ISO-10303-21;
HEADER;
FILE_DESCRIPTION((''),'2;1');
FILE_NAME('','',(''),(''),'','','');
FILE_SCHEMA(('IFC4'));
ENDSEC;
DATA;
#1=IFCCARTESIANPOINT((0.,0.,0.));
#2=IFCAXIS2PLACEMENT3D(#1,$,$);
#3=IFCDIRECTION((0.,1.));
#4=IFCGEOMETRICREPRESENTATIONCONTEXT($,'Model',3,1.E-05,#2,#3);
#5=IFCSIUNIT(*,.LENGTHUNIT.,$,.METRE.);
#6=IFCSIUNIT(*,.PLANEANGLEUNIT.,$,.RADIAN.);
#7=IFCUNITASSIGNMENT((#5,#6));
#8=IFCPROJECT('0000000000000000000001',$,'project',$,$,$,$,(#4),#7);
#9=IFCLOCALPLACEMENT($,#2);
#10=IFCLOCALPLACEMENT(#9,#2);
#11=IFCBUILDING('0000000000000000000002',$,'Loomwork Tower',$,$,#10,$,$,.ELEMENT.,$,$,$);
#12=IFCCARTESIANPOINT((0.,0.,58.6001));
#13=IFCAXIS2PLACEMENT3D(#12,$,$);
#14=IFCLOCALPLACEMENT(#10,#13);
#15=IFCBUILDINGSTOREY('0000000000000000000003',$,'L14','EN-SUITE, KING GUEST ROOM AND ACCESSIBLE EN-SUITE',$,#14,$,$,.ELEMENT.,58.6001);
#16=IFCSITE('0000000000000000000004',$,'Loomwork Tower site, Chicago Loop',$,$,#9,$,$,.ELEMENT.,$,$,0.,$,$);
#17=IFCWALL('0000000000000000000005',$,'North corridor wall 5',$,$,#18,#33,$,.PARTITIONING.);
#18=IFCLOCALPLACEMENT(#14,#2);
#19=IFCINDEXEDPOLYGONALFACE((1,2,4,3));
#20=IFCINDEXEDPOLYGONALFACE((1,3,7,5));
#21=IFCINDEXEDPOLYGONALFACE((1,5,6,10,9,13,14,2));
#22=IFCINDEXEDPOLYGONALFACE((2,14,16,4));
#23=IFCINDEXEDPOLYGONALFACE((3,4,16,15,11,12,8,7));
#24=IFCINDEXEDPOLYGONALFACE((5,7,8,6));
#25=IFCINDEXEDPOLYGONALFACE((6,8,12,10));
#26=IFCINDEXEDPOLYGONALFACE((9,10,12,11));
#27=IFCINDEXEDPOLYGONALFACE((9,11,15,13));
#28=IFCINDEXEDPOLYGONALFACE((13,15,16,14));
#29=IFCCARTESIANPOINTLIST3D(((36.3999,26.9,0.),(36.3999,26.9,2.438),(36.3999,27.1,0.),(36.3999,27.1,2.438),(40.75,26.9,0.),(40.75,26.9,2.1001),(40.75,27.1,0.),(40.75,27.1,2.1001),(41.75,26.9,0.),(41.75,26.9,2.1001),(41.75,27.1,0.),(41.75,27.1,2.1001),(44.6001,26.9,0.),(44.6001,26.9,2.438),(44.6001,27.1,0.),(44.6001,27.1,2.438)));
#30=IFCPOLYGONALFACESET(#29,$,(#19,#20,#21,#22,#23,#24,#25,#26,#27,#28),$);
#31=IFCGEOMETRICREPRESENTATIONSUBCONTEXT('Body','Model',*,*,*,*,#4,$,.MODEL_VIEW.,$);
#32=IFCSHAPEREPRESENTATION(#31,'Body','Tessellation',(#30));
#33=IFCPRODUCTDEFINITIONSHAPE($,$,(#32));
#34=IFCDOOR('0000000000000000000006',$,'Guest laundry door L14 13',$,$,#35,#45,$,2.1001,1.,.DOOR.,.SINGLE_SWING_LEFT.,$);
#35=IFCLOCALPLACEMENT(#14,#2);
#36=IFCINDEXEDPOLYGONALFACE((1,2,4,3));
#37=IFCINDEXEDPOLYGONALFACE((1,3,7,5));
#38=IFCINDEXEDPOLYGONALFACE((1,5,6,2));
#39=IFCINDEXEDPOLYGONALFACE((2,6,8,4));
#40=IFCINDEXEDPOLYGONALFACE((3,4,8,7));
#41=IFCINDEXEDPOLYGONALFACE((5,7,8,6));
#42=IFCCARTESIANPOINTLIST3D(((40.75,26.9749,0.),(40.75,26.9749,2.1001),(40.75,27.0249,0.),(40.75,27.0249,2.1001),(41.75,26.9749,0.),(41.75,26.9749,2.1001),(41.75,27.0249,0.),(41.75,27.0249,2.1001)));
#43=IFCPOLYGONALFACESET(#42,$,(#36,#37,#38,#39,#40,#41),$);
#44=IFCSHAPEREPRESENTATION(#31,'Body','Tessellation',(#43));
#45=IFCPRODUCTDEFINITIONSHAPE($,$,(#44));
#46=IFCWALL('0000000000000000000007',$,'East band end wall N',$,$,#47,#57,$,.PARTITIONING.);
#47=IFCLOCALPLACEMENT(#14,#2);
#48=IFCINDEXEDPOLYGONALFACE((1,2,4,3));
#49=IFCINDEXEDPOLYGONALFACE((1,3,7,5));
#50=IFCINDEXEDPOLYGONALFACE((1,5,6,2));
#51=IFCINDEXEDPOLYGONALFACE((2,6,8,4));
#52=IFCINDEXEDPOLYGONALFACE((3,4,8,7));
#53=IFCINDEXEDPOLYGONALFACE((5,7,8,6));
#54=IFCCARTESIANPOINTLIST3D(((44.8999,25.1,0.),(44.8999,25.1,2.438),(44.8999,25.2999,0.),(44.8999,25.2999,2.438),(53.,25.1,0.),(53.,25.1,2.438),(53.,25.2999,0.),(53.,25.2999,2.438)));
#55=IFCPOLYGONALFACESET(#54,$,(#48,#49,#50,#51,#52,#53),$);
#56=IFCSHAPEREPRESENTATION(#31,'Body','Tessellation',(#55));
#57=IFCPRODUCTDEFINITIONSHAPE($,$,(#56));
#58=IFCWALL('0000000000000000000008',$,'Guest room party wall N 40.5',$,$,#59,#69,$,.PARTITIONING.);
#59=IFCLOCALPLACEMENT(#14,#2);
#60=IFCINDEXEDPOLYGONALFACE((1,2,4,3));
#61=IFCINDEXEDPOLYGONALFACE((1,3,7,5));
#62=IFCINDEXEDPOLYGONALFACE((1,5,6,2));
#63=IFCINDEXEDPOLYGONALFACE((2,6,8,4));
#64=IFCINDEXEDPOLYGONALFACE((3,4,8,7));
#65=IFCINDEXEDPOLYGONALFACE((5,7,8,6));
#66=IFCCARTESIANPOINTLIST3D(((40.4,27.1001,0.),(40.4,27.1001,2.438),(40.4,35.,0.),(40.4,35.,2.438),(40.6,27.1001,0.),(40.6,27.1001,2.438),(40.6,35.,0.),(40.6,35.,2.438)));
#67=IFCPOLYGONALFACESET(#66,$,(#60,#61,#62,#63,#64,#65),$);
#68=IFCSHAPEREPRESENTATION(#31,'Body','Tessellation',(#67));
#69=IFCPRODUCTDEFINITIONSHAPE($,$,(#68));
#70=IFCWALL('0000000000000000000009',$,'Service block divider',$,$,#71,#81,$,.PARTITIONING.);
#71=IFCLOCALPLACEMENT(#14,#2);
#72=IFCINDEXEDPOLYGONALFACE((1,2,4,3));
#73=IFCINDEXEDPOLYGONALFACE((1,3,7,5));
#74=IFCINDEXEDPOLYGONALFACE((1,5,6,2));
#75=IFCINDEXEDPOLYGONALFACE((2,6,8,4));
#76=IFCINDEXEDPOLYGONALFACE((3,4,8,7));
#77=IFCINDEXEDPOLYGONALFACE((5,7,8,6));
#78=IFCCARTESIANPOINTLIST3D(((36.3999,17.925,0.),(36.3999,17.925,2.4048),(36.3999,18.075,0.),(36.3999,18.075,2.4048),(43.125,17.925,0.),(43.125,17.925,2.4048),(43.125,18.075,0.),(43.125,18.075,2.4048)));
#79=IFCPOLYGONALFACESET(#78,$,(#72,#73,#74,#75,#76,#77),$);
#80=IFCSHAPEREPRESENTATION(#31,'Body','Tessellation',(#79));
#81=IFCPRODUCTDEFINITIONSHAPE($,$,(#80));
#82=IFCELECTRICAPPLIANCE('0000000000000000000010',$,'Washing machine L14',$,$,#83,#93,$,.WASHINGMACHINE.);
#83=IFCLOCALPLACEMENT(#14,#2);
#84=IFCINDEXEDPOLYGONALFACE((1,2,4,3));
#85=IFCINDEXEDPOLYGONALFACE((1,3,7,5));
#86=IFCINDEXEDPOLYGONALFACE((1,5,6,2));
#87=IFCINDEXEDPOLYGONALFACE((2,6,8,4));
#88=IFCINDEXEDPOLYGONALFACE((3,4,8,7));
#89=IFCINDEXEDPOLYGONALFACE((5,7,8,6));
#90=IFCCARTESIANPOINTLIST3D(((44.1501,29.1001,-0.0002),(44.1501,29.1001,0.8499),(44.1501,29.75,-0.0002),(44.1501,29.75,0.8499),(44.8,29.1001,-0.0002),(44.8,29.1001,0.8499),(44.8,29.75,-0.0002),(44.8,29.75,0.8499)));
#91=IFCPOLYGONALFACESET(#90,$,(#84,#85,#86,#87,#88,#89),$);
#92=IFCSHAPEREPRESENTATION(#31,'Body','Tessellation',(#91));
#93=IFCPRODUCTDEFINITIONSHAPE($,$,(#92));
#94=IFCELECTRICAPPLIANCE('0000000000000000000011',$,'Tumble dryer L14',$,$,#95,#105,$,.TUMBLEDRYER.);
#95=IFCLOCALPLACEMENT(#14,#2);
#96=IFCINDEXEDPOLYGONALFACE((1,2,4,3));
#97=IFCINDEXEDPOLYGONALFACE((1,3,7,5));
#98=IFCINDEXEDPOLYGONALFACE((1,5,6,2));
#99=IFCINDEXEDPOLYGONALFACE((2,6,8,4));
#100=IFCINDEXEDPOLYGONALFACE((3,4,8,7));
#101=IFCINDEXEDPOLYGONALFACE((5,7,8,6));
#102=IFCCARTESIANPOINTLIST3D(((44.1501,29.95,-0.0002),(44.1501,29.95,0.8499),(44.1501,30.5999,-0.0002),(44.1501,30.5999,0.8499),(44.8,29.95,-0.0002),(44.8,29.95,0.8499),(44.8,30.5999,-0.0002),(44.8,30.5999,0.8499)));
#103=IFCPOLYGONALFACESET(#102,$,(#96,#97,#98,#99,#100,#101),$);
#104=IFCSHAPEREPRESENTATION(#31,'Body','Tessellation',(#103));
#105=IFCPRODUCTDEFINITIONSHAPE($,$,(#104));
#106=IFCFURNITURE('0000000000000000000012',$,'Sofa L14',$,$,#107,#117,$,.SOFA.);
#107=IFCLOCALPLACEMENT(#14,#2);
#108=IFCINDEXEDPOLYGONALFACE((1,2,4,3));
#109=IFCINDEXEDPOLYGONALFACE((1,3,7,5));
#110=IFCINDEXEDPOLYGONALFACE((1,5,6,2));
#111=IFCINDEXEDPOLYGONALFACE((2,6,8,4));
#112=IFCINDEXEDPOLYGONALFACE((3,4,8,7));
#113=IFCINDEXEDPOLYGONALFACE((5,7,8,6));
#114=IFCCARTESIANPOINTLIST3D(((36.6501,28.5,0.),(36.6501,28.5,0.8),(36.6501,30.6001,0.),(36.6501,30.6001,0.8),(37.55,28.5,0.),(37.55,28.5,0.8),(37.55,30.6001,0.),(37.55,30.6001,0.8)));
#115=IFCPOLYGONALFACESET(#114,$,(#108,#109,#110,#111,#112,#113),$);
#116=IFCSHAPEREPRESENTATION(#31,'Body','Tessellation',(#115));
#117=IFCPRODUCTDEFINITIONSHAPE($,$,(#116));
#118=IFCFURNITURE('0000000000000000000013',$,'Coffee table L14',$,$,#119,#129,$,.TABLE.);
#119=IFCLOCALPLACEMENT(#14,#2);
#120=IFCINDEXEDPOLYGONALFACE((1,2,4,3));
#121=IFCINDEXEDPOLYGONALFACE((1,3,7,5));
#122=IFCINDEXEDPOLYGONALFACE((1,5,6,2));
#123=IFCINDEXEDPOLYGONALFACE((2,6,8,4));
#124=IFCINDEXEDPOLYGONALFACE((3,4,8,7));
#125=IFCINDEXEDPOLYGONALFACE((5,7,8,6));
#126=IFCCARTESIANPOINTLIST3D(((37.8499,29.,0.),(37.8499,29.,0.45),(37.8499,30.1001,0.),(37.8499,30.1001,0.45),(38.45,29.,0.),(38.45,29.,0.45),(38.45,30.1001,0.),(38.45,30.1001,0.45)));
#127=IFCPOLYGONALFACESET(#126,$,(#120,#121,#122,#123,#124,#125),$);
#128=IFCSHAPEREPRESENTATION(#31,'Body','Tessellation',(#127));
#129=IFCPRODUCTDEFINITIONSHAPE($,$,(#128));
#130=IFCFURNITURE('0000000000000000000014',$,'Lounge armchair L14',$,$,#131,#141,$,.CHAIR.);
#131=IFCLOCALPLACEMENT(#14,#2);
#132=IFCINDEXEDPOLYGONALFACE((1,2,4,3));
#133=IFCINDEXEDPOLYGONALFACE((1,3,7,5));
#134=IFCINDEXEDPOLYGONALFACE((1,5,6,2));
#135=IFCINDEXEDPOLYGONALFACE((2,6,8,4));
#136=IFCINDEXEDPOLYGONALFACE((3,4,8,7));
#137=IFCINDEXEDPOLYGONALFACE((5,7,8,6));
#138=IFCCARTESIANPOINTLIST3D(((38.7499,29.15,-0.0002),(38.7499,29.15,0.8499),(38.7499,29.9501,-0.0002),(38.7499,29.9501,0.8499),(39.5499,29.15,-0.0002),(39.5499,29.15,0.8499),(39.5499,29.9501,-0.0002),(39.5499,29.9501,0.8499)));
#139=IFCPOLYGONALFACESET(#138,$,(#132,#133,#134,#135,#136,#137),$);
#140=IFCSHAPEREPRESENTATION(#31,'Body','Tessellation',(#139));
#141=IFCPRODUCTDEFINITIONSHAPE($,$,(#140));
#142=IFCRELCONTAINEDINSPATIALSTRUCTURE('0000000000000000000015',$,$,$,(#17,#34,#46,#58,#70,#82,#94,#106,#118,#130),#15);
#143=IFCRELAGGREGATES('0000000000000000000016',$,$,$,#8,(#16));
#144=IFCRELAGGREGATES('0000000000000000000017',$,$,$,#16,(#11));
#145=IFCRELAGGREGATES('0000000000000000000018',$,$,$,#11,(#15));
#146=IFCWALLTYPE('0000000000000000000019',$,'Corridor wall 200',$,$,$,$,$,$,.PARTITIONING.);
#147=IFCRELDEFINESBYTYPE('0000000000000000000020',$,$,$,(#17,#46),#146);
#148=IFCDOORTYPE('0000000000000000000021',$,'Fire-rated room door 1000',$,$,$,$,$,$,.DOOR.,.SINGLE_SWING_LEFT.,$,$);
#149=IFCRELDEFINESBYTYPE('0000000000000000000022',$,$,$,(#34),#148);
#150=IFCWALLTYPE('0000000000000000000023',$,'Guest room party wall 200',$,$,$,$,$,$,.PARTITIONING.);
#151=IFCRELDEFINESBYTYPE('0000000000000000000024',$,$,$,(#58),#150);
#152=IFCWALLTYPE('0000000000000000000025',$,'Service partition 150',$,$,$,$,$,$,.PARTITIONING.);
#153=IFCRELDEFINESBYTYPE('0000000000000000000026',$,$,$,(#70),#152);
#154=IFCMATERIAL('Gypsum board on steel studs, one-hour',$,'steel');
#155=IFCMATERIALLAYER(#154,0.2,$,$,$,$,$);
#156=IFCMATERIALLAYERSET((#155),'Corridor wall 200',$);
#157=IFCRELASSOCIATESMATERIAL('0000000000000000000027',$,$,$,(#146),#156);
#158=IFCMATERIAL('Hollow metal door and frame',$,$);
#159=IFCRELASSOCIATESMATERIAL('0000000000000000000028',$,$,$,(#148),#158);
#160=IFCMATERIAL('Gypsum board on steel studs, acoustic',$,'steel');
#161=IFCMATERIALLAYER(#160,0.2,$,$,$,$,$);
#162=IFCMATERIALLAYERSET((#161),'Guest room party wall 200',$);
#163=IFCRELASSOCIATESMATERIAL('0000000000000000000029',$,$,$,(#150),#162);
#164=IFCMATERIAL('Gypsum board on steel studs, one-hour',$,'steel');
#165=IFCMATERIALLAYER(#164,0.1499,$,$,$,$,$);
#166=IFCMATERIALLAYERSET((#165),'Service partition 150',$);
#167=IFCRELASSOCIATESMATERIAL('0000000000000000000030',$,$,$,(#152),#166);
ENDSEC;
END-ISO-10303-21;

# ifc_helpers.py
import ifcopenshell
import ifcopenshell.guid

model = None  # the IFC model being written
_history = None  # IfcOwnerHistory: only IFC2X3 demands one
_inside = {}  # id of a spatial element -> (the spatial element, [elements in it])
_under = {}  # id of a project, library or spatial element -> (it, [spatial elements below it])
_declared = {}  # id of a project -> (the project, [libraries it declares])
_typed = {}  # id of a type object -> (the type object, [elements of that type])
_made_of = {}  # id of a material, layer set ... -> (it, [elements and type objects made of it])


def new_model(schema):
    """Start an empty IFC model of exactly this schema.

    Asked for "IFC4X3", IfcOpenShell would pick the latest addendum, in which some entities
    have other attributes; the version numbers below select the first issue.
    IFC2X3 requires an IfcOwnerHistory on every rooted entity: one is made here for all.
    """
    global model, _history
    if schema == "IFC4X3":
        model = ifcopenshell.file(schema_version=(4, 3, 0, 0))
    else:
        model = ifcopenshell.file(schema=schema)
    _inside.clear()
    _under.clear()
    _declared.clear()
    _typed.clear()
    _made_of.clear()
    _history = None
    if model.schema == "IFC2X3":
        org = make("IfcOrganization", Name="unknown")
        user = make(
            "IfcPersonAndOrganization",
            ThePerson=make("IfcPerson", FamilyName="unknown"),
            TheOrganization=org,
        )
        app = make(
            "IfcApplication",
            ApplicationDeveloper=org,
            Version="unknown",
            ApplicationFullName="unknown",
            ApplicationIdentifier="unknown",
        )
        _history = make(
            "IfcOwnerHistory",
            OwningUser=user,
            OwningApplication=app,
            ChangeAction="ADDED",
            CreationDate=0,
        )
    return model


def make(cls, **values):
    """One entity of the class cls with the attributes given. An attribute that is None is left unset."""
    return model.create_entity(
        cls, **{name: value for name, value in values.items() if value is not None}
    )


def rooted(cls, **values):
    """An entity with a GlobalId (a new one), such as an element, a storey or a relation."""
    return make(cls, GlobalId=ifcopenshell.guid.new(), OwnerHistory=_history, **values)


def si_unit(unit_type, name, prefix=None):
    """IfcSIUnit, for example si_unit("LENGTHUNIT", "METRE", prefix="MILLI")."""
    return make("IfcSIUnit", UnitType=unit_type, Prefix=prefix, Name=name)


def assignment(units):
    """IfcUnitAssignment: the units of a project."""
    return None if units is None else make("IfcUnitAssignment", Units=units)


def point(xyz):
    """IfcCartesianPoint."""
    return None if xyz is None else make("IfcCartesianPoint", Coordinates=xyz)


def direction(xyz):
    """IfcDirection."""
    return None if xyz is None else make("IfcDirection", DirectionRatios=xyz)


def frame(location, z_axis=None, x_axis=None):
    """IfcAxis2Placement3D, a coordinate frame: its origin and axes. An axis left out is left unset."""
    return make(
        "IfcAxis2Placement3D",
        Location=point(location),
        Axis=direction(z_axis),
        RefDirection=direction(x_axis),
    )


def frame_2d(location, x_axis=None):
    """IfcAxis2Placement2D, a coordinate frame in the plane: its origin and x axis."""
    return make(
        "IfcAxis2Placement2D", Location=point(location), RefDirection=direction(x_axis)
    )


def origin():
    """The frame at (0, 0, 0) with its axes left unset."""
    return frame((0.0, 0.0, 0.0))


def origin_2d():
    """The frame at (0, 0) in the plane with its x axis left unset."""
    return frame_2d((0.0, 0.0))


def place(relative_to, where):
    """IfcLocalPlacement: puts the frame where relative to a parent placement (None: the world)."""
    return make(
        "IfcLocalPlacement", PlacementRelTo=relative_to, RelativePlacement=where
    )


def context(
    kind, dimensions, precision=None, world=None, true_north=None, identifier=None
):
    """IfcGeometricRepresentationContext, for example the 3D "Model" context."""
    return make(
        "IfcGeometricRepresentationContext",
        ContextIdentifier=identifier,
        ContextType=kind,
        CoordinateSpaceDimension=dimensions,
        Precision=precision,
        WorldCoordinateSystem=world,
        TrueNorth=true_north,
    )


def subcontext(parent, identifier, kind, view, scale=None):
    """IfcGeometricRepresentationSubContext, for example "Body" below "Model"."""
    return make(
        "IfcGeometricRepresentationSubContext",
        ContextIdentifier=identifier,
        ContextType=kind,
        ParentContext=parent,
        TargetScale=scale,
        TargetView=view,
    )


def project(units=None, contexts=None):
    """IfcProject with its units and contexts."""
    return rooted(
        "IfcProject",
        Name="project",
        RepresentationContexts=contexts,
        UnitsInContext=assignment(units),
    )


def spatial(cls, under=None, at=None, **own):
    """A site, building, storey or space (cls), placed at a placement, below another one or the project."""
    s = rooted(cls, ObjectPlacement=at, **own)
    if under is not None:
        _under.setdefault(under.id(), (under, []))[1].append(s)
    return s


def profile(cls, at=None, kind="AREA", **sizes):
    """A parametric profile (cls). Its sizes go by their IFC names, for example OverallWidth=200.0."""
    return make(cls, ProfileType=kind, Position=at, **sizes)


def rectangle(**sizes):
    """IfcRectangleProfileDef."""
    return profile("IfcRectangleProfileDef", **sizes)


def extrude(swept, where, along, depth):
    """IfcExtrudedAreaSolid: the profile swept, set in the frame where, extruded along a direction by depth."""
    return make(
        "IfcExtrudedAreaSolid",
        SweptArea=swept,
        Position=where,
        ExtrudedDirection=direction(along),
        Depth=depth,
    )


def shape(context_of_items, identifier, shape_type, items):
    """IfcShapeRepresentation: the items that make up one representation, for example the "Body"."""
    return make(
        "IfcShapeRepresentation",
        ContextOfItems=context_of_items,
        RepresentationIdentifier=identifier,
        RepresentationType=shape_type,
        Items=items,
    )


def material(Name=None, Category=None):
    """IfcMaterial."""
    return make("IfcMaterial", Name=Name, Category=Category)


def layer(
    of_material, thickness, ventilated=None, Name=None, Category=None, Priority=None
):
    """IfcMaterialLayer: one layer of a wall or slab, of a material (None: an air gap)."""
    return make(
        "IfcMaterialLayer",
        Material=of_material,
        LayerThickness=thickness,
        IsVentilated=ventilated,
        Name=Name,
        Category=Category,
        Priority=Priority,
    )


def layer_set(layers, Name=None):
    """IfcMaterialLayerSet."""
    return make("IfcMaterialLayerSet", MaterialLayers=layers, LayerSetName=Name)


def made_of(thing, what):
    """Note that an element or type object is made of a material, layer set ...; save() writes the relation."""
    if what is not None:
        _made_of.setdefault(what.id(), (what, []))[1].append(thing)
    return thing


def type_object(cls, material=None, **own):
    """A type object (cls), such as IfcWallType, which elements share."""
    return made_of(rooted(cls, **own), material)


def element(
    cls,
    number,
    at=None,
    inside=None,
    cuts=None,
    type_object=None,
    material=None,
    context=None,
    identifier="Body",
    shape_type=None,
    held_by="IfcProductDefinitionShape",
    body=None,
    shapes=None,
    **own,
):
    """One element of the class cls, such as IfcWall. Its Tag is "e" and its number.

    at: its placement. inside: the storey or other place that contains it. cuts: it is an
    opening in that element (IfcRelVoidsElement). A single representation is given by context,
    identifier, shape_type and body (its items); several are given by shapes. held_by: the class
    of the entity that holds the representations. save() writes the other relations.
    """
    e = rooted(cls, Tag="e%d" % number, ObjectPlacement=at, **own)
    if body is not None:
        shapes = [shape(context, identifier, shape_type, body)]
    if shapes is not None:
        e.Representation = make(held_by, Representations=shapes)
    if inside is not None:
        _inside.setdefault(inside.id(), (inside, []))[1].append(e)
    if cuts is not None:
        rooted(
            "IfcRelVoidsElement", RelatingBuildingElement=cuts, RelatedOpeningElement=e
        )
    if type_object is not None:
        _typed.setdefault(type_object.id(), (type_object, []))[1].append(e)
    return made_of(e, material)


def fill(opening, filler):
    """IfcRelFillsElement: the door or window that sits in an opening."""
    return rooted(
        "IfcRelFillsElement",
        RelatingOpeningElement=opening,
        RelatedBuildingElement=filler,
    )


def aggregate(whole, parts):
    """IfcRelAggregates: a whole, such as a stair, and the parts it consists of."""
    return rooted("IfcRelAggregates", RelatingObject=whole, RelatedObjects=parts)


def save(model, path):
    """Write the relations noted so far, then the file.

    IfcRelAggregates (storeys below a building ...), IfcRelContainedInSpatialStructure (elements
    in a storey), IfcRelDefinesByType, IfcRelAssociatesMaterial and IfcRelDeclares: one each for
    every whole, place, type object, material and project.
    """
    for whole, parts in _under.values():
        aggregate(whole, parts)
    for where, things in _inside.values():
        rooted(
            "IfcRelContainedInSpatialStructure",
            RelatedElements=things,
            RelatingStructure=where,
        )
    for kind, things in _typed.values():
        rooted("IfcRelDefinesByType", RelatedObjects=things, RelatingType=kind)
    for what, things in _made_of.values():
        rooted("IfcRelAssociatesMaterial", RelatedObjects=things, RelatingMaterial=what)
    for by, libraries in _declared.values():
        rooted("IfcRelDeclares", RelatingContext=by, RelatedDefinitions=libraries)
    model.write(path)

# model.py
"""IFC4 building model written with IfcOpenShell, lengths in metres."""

from ifc_helpers import new_model, si_unit, direction, frame, frame_2d, origin, origin_2d, place, context, subcontext, project, spatial, rectangle, extrude, material, layer, layer_set, type_object, element, fill, save


model = new_model("IFC4")

# Units and contexts
model_context = context("Model", 3, precision=1e-05, world=origin(), true_north=direction((0.0, 1.0)))
body_context = subcontext(model_context, "Body", "Model", "MODEL_VIEW")
ifc_project = project(units=[si_unit("LENGTHUNIT", "METRE"), si_unit("PLANEANGLEUNIT", "RADIAN")], contexts=[model_context])

# Site, building, storey
site_placement = place(None, origin())
site = spatial("IfcSite", under=ifc_project, at=site_placement, Name="Loomwork Tower site, Chicago Loop", CompositionType="ELEMENT", RefElevation=0.0)
building_placement = place(site_placement, origin())
building = spatial("IfcBuilding", under=site, at=building_placement, Name="Loomwork Tower", CompositionType="ELEMENT")
storey_placement = place(building_placement, frame((0.0, 0.0, 58.6001)))
storey = spatial("IfcBuildingStorey", under=building, at=storey_placement, Name="L14", Description="EN-SUITE, KING GUEST ROOM AND ACCESSIBLE EN-SUITE", CompositionType="ELEMENT", Elevation=58.6001)

# Wall, opening, door
ifc_material_1 = material(Name="Gypsum board on steel studs, one-hour", Category="steel")
ifc_layer_1 = layer(ifc_material_1, 0.2)
ifc_layer_set_1 = layer_set([ifc_layer_1], Name="Corridor wall 200")
wall_type_1 = type_object("IfcWallType", Name="Corridor wall 200", PredefinedType="PARTITIONING", material=ifc_layer_set_1)
wall_1_placement = place(storey_placement, frame((36.3999, 27.0, 0.0), z_axis=(0.0, 0.0, 1.0), x_axis=(1.0, 0.0, 0.0)))
wall_1 = element("IfcWall", 1, at=wall_1_placement, inside=storey, type_object=wall_type_1, Name="North corridor wall 5", PredefinedType="PARTITIONING", context=body_context, shape_type="SweptSolid", body=[
    extrude(rectangle(XDim=8.2002, YDim=0.2, at=frame_2d((4.1001, 0.0))), origin(), (0.0, 0.0, 1.0), 2.438),
])
opening_placement = place(wall_1_placement, frame((4.3501, 0.0, 0.0)))
opening = element("IfcOpeningElement", 2, at=opening_placement, cuts=wall_1, PredefinedType="OPENING", context=body_context, shape_type="SweptSolid", body=[
    extrude(rectangle(XDim=1.0, YDim=2.1001, at=frame_2d((0.5, 1.05))), frame((0.0, 0.1099, 0.0), z_axis=(0.0, -1.0, 0.0), x_axis=(1.0, 0.0, 0.0)), (0.0, 0.0, 1.0), 0.22),
])
ifc_material_2 = material(Name="Hollow metal door and frame")
door_type = type_object("IfcDoorType", Name="Fire-rated room door 1000", OperationType="SINGLE_SWING_LEFT", PredefinedType="DOOR", material=ifc_material_2)
door_placement = place(opening_placement, origin())
door = element("IfcDoor", 3, at=door_placement, inside=storey, type_object=door_type, Name="Guest laundry door L14 13", OperationType="SINGLE_SWING_LEFT", OverallHeight=2.1001, OverallWidth=1.0, PredefinedType="DOOR", context=body_context, shape_type="SweptSolid", body=[
    extrude(rectangle(XDim=1.0, YDim=2.1001, at=frame_2d((0.5, 1.05))), frame((0.0, 0.0249, 0.0), z_axis=(0.0, -1.0, 0.0), x_axis=(1.0, 0.0, 0.0)), (0.0, 0.0, 1.0), 0.05),
])
fill(opening, door)

# Walls
wall_2_placement = place(storey_placement, frame((44.8999, 25.2, 0.0), z_axis=(0.0, 0.0, 1.0), x_axis=(1.0, 0.0, 0.0)))
element("IfcWall", 4, at=wall_2_placement, inside=storey, type_object=wall_type_1, Name="East band end wall N", PredefinedType="PARTITIONING", context=body_context, shape_type="SweptSolid", body=[
    extrude(rectangle(XDim=8.1001, YDim=0.2, at=frame_2d((4.05, 0.0))), origin(), (0.0, 0.0, 1.0), 2.438),
])
ifc_material_3 = material(Name="Gypsum board on steel studs, acoustic", Category="steel")
ifc_layer_2 = layer(ifc_material_3, 0.2)
ifc_layer_set_2 = layer_set([ifc_layer_2], Name="Guest room party wall 200")
wall_type_2 = type_object("IfcWallType", Name="Guest room party wall 200", PredefinedType="PARTITIONING", material=ifc_layer_set_2)
wall_3_placement = place(storey_placement, frame((40.5, 27.1001, 0.0), z_axis=(0.0, 0.0, 1.0), x_axis=(0.0, 1.0, 0.0)))
element("IfcWall", 5, at=wall_3_placement, inside=storey, type_object=wall_type_2, Name="Guest room party wall N 40.5", PredefinedType="PARTITIONING", context=body_context, shape_type="SweptSolid", body=[
    extrude(rectangle(XDim=7.8999, YDim=0.2, at=frame_2d((3.95, 0.0))), origin(), (0.0, 0.0, 1.0), 2.438),
])
ifc_material_4 = material(Name="Gypsum board on steel studs, one-hour", Category="steel")
ifc_layer_3 = layer(ifc_material_4, 0.1499)
ifc_layer_set_3 = layer_set([ifc_layer_3], Name="Service partition 150")
wall_type_3 = type_object("IfcWallType", Name="Service partition 150", PredefinedType="PARTITIONING", material=ifc_layer_set_3)
wall_4_placement = place(storey_placement, frame((36.3999, 18.0, 0.0), z_axis=(0.0, 0.0, 1.0), x_axis=(1.0, 0.0, 0.0)))
element("IfcWall", 6, at=wall_4_placement, inside=storey, type_object=wall_type_3, Name="Service block divider", PredefinedType="PARTITIONING", context=body_context, shape_type="SweptSolid", body=[
    extrude(rectangle(XDim=6.7251, YDim=0.1499, at=frame_2d((3.3625, 0.0))), origin(), (0.0, 0.0, 1.0), 2.4048),
])

# Electric appliances
electric_appliance_1_placement = place(storey_placement, frame((44.4751, 29.425, -0.0002), z_axis=(0.0, 0.0, 1.0), x_axis=(1.0, 0.0, 0.0)))
element("IfcElectricAppliance", 7, at=electric_appliance_1_placement, inside=storey, Name="Washing machine L14", PredefinedType="WASHINGMACHINE", context=body_context, shape_type="SweptSolid", body=[
    extrude(rectangle(XDim=0.6499, YDim=0.6499, at=origin_2d()), origin(), (0.0, 0.0, 1.0), 0.8501),
])
electric_appliance_2_placement = place(storey_placement, frame((44.4751, 30.2749, -0.0002), z_axis=(0.0, 0.0, 1.0), x_axis=(1.0, 0.0, 0.0)))
element("IfcElectricAppliance", 8, at=electric_appliance_2_placement, inside=storey, Name="Tumble dryer L14", PredefinedType="TUMBLEDRYER", context=body_context, shape_type="SweptSolid", body=[
    extrude(rectangle(XDim=0.6499, YDim=0.6499, at=origin_2d()), origin(), (0.0, 0.0, 1.0), 0.8501),
])

# Furniture
furniture_1_placement = place(storey_placement, frame((37.1001, 29.55, 0.0), z_axis=(0.0, 0.0, 1.0), x_axis=(1.0, 0.0, 0.0)))
element("IfcFurniture", 9, at=furniture_1_placement, inside=storey, Name="Sofa L14", PredefinedType="SOFA", context=body_context, shape_type="SweptSolid", body=[
    extrude(rectangle(XDim=0.8999, YDim=2.1001, at=origin_2d()), origin(), (0.0, 0.0, 1.0), 0.8),
])
furniture_2_placement = place(storey_placement, frame((38.1499, 29.55, 0.0), z_axis=(0.0, 0.0, 1.0), x_axis=(1.0, 0.0, 0.0)))
element("IfcFurniture", 10, at=furniture_2_placement, inside=storey, Name="Coffee table L14", PredefinedType="TABLE", context=body_context, shape_type="SweptSolid", body=[
    extrude(rectangle(XDim=0.6001, YDim=1.1001, at=origin_2d()), origin(), (0.0, 0.0, 1.0), 0.45),
])
furniture_3_placement = place(storey_placement, frame((39.1499, 29.55, -0.0002), z_axis=(0.0, 0.0, 1.0), x_axis=(1.0, 0.0, 0.0)))
element("IfcFurniture", 11, at=furniture_3_placement, inside=storey, Name="Lounge armchair L14", PredefinedType="CHAIR", context=body_context, shape_type="SweptSolid", body=[
    extrude(rectangle(XDim=0.8, YDim=0.8, at=origin_2d()), origin(), (0.0, 0.0, 1.0), 0.8501),
])

save(model, "model.ifc")
